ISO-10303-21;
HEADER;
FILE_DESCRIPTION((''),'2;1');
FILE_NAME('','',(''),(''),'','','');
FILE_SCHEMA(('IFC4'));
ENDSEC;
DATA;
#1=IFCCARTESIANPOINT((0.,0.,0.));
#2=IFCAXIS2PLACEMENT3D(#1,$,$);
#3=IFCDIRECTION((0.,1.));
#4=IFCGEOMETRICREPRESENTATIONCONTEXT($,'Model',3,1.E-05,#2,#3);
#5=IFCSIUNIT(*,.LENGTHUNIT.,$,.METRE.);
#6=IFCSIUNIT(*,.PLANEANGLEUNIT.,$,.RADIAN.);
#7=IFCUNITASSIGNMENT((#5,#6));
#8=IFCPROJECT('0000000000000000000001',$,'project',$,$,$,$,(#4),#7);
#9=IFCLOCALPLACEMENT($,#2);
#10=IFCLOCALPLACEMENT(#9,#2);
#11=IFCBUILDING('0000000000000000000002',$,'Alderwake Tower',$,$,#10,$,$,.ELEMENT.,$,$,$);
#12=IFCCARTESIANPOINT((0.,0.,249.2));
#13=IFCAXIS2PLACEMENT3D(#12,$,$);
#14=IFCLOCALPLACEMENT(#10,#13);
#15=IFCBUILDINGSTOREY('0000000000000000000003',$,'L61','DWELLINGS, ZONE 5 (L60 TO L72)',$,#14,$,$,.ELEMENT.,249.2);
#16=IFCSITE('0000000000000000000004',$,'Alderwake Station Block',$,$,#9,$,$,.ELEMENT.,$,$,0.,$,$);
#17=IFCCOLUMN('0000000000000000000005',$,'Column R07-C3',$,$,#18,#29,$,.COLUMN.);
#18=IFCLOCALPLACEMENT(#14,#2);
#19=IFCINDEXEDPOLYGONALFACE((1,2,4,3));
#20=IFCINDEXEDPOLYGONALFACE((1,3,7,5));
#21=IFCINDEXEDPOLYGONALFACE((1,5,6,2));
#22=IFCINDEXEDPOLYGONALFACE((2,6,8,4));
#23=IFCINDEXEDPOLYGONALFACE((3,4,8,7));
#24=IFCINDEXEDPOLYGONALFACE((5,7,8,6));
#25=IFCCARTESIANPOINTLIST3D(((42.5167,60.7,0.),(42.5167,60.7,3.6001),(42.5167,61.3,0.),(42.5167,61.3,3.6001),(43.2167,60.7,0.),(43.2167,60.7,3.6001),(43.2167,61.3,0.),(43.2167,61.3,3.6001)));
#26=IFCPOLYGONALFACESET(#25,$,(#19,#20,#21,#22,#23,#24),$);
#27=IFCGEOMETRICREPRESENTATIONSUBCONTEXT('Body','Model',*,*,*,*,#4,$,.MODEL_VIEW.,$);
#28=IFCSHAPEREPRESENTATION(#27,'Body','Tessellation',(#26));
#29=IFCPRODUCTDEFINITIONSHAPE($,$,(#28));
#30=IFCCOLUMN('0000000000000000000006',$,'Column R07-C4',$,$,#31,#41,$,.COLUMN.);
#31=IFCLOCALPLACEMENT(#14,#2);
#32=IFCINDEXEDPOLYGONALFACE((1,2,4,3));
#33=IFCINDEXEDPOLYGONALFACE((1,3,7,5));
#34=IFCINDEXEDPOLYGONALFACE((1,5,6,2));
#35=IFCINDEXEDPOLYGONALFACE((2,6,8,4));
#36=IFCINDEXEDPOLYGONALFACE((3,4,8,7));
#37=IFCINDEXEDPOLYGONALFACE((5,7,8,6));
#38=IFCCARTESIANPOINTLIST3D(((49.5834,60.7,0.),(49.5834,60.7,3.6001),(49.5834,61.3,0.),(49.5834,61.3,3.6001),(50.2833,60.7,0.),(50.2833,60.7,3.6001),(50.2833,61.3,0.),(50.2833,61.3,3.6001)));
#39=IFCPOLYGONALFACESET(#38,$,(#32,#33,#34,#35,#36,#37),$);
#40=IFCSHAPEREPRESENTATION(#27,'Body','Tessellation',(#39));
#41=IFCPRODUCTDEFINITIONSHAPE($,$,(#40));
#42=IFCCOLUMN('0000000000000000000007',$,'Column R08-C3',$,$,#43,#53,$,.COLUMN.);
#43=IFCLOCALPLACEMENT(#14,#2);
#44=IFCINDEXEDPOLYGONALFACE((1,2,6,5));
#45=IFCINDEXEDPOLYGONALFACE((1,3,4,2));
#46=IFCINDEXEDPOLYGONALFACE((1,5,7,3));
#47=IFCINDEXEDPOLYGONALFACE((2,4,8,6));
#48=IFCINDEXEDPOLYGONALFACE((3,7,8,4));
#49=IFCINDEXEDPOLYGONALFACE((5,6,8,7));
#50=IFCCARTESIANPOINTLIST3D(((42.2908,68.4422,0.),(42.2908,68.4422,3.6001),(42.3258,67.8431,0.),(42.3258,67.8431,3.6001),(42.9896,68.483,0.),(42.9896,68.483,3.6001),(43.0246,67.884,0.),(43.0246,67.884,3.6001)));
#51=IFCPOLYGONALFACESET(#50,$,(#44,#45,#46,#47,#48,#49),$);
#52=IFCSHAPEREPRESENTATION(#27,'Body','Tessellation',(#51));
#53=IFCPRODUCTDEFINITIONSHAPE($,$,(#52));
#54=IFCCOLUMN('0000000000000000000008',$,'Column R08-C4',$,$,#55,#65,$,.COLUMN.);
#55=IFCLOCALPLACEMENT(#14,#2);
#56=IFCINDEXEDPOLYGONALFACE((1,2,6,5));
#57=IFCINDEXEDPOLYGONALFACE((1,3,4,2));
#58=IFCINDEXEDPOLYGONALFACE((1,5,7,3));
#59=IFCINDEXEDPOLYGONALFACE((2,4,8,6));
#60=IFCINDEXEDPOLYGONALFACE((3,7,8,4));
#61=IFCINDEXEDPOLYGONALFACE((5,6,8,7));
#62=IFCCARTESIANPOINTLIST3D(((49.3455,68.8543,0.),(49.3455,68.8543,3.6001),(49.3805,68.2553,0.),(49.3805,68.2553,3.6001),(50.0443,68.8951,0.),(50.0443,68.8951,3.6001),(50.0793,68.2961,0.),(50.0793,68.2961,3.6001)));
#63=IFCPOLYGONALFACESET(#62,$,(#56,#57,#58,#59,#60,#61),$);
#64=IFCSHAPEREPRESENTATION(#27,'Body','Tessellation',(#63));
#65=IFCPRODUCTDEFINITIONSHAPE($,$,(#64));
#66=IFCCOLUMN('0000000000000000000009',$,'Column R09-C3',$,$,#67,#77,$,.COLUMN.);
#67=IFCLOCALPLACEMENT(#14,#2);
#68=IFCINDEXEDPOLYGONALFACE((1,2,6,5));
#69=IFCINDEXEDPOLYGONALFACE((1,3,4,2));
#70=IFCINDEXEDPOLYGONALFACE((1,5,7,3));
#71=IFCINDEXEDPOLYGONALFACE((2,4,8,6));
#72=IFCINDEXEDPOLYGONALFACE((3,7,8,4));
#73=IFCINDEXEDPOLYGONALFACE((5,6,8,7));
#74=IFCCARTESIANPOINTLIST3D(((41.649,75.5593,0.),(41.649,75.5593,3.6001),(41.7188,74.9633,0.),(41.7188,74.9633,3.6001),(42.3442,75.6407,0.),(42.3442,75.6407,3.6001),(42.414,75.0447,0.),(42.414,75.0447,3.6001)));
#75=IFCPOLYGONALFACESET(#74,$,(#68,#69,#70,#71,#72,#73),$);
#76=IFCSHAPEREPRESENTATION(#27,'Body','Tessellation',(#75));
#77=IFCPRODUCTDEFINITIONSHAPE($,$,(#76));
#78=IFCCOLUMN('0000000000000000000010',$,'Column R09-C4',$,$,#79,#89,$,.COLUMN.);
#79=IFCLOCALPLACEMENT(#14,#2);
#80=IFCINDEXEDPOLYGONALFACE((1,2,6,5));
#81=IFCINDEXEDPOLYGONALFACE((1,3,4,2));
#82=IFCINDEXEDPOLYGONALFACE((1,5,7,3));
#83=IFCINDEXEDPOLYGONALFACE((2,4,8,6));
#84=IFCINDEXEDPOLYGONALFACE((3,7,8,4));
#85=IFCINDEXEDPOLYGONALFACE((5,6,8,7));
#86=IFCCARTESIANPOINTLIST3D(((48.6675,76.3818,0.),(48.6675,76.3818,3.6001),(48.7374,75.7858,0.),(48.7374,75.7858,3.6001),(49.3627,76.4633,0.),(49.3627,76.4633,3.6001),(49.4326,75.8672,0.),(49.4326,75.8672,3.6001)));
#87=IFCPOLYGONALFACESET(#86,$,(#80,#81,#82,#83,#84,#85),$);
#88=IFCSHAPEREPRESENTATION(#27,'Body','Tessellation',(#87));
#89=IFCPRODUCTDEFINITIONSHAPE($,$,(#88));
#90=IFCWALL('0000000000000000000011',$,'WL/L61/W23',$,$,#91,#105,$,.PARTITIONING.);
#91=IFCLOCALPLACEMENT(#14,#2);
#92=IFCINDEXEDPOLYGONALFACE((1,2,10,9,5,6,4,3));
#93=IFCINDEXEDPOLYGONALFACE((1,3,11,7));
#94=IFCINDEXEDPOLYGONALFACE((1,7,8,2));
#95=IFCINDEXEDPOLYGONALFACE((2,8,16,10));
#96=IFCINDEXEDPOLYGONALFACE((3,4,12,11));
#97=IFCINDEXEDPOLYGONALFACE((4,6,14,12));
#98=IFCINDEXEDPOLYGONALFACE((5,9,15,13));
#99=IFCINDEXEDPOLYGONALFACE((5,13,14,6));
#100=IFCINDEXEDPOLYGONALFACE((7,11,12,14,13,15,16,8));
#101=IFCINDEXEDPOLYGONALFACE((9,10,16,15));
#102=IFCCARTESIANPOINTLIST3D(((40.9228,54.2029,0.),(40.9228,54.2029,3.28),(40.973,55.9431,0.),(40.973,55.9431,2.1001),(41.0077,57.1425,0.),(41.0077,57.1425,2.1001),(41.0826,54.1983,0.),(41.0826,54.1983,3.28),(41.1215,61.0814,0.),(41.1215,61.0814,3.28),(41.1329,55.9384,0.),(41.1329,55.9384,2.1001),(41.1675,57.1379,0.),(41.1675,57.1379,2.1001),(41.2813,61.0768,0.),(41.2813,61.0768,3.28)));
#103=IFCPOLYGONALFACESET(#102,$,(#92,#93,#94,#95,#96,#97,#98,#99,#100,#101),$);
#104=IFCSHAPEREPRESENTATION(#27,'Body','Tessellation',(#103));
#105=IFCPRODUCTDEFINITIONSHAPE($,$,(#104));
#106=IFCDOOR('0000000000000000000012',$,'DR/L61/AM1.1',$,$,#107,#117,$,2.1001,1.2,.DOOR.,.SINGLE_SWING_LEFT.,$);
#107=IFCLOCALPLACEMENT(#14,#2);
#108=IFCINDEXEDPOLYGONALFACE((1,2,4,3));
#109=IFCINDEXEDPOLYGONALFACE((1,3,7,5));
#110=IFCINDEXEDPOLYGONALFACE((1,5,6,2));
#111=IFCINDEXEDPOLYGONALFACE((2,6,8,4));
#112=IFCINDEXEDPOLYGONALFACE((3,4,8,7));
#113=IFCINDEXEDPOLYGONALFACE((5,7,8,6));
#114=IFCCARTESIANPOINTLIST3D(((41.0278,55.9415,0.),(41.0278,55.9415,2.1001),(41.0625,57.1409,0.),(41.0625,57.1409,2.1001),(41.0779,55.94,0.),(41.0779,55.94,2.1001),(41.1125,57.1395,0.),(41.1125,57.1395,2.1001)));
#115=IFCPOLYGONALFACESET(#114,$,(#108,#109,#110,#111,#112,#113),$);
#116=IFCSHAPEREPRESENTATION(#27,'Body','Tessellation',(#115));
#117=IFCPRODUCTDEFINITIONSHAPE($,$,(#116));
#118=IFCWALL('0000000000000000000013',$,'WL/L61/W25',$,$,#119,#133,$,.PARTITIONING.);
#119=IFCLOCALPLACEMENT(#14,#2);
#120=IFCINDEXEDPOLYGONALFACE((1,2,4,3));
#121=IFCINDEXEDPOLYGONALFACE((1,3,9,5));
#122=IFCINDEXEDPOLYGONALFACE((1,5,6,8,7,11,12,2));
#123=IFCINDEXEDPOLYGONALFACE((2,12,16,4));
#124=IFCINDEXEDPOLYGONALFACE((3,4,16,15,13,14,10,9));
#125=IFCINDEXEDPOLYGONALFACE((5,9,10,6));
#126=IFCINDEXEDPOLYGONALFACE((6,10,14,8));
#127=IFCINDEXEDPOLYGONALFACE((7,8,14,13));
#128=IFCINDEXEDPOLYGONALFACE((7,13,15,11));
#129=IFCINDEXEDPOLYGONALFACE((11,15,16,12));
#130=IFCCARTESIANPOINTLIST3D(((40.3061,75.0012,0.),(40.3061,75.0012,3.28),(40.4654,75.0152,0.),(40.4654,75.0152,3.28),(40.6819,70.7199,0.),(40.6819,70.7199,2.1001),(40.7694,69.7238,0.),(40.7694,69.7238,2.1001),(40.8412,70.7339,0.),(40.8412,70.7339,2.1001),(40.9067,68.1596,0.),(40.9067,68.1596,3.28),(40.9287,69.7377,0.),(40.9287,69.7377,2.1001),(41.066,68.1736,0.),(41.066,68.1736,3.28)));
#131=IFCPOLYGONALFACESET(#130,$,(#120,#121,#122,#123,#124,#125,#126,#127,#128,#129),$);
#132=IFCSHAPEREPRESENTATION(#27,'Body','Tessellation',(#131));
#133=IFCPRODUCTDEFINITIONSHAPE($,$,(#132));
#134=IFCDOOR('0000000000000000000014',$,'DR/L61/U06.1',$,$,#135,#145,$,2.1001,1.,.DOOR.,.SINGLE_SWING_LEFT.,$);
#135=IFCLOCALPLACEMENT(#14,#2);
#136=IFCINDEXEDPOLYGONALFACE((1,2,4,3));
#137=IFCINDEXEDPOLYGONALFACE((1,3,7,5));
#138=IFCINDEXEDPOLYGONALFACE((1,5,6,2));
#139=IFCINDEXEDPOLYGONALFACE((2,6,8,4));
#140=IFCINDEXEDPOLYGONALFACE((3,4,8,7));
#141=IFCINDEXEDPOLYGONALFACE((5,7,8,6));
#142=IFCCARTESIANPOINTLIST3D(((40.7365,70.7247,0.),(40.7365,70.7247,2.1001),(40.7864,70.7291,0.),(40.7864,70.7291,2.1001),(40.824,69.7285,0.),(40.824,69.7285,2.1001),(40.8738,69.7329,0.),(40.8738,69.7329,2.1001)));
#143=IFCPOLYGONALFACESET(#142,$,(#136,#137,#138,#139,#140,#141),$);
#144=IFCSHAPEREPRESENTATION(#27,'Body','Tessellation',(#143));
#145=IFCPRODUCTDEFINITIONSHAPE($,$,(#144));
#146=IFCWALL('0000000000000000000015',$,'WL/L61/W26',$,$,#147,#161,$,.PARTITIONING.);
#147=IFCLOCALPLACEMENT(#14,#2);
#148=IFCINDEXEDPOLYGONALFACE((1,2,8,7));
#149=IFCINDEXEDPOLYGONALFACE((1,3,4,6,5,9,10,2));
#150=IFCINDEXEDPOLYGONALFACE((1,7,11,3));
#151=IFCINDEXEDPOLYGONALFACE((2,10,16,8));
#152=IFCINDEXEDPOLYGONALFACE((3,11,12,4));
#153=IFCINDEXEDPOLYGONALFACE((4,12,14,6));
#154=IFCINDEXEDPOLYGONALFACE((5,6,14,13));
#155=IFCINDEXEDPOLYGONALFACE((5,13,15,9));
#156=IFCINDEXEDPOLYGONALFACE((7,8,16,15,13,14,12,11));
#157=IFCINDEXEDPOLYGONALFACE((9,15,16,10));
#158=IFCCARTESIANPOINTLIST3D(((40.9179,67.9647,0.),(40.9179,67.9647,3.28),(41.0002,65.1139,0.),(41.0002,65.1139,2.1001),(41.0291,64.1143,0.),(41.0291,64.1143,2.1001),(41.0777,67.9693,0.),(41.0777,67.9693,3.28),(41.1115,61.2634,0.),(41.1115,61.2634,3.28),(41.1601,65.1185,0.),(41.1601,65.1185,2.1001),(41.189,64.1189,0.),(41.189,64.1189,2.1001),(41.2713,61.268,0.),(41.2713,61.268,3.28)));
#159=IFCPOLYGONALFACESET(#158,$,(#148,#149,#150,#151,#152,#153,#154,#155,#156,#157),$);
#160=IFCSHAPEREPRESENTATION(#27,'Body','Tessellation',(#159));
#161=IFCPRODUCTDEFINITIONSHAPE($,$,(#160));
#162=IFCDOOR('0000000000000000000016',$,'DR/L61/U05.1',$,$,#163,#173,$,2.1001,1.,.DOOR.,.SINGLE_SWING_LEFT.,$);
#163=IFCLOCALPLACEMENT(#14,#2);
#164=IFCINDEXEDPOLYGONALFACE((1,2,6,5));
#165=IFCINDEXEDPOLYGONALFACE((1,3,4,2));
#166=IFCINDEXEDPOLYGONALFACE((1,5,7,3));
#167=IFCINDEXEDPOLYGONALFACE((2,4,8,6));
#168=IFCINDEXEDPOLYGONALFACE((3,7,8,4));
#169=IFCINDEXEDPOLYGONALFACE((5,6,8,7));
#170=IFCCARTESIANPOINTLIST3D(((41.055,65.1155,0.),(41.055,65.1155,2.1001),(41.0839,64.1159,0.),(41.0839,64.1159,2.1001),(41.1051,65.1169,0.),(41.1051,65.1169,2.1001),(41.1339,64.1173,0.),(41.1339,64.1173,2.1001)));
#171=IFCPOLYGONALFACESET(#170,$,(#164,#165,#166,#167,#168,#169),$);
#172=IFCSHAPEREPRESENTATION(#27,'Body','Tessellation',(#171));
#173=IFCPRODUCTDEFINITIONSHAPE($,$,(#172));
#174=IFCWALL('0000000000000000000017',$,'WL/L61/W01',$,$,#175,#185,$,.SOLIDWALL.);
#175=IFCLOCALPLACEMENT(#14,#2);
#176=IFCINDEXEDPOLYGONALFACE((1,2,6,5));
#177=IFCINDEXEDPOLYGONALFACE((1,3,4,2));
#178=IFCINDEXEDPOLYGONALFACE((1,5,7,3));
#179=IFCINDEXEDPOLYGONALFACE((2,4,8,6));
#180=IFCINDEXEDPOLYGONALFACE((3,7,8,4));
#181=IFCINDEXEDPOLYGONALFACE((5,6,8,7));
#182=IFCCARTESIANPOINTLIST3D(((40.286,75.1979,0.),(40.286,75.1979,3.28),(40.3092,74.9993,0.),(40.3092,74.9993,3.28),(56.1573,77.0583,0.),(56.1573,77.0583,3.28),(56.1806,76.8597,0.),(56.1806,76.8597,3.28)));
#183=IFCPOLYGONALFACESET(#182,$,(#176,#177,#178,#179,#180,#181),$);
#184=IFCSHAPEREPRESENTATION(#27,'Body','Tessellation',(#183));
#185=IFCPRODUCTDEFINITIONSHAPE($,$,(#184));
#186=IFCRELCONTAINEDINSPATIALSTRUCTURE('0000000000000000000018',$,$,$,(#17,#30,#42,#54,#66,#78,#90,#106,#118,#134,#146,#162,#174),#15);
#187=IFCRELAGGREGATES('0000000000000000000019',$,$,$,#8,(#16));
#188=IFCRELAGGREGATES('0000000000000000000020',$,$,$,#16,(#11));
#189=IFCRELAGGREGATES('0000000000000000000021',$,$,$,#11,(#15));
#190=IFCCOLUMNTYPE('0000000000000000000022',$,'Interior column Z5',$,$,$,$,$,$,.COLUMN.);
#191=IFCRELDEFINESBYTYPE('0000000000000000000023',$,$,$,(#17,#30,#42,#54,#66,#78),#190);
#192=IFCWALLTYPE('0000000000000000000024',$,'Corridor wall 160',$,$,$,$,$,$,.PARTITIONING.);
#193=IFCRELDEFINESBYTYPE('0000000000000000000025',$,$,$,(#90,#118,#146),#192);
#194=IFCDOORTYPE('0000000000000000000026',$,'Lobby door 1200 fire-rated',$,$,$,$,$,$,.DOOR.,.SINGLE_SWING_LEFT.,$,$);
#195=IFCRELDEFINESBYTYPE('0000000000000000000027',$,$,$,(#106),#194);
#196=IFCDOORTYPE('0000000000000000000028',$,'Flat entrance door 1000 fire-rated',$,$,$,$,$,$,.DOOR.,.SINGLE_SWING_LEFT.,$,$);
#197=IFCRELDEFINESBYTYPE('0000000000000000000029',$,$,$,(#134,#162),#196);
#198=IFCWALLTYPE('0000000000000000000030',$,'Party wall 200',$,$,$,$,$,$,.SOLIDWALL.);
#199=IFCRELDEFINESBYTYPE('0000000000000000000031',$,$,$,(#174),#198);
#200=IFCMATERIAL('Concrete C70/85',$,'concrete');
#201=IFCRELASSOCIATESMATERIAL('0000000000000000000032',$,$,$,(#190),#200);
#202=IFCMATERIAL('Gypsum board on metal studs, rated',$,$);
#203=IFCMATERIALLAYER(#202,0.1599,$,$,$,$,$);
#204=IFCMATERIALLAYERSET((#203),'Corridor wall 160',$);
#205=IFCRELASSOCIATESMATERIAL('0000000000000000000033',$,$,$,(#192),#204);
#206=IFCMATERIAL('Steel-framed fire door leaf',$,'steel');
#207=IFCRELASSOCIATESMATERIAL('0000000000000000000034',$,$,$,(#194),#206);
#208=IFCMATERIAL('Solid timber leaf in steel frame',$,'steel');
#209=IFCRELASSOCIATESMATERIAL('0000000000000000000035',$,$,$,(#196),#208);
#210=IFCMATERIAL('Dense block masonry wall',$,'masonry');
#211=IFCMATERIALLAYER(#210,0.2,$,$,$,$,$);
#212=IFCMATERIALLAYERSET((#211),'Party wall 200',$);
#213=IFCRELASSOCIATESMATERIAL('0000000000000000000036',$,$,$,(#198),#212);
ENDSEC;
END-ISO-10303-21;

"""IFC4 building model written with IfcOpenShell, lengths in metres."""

from ifc_helpers import new_model, si_unit, direction, frame, frame_2d, origin, origin_2d, place, context, subcontext, project, spatial, rectangle, extrude, material, layer, layer_set, material_profile, profile_set, type_object, element, fill, save


model = new_model("IFC4")

# Units and contexts
model_context = context("Model", 3, precision=1e-05, world=origin(), true_north=direction((0.0, 1.0)))
body_context = subcontext(model_context, "Body", "Model", "MODEL_VIEW")
ifc_project = project(units=[si_unit("LENGTHUNIT", "METRE"), si_unit("PLANEANGLEUNIT", "RADIAN")], contexts=[model_context])

# Site, building, storey
site_placement = place(None, origin())
site = spatial("IfcSite", under=ifc_project, at=site_placement, Name="Alderwake Station Block", CompositionType="ELEMENT", RefElevation=0.0)
building_placement = place(site_placement, origin())
building = spatial("IfcBuilding", under=site, at=building_placement, Name="Alderwake Tower", CompositionType="ELEMENT")
storey_placement = place(building_placement, frame((0.0, 0.0, 249.2)))
storey = spatial("IfcBuildingStorey", under=building, at=storey_placement, Name="L61", Description="DWELLINGS, ZONE 5 (L60 TO L72)", CompositionType="ELEMENT", Elevation=249.2)

# Columns
ifc_material_1 = material(Name="Concrete C70/85", Category="concrete")
ifc_material_profile = material_profile(ifc_material_1, rectangle(XDim=0.6001, YDim=0.7, at=origin_2d()), Name="RC 700X600")
ifc_profile_set = profile_set([ifc_material_profile], Name="Concrete C70/85")
column_type = type_object("IfcColumnType", Name="Interior column Z5", PredefinedType="COLUMN", material=ifc_profile_set)
for number, where, z_axis, x_axis, name in (
    (1, (42.8667, 61.0, 0.0), (0.0, 0.0, 1.0), (0.0, 1.0, 0.0), "Column R07-C3"),
    (2, (49.9333, 61.0, 0.0), (0.0, 0.0, 1.0), (0.0, 1.0, 0.0), "Column R07-C4"),
    (3, (42.6577, 68.1631, 0.0), (0.0, 0.0, 1.0), (-0.058301, 0.998299, 0.0), "Column R08-C3"),
    (4, (49.7124, 68.5752, 0.0), (0.0, 0.0, 1.0), (-0.058299, 0.998299, 0.0), "Column R08-C4"),
    (5, (42.0315, 75.302, 0.0), (0.0, 0.0, 1.0), (-0.116402, 0.993202, 0.0), "Column R09-C3"),
    (6, (49.05, 76.1245, 0.0), (0.0, 0.0, 1.0), (-0.116402, 0.993202, 0.0), "Column R09-C4"),
):
    element("IfcColumn", number, at=place(storey_placement, frame(where, z_axis=z_axis, x_axis=x_axis)), inside=storey, type_object=column_type, Name=name, PredefinedType="COLUMN", context=body_context, shape_type="SweptSolid", body=[
        extrude(rectangle(XDim=0.6001, YDim=0.7, at=origin_2d()), origin(), (0.0, 0.0, 1.0), 3.6001),
    ])

# Walls, openings, doors
ifc_material_2 = material(Name="Gypsum board on metal studs, rated")
ifc_layer_1 = layer(ifc_material_2, 0.1599)
ifc_layer_set_1 = layer_set([ifc_layer_1], Name="Corridor wall 160")
wall_type_1 = type_object("IfcWallType", Name="Corridor wall 160", PredefinedType="PARTITIONING", material=ifc_layer_set_1)
wall_1_placement = place(storey_placement, frame((41.2014, 61.0791, 0.0), z_axis=(0.0, 0.0, 1.0), x_axis=(-0.02888, -0.999583, 0.0)))
wall_1 = element("IfcWall", 7, at=wall_1_placement, inside=storey, type_object=wall_type_1, Name="WL/L61/W23", PredefinedType="PARTITIONING", context=body_context, shape_type="SweptSolid", body=[
    extrude(rectangle(XDim=6.8813, YDim=0.1599, at=frame_2d((3.4407, 0.0))), origin(), (0.0, 0.0, 1.0), 3.28),
])
opening_1_placement = place(wall_1_placement, frame((3.9404, 0.0, 0.0)))
opening_1 = element("IfcOpeningElement", 8, at=opening_1_placement, cuts=wall_1, PredefinedType="OPENING", context=body_context, shape_type="SweptSolid", body=[
    extrude(rectangle(XDim=1.2, YDim=2.1001, at=frame_2d((0.6001, 1.05))), frame((0.0, 0.0898, 0.0), z_axis=(0.0, -1.0, 0.0), x_axis=(1.0, 0.0, 0.0)), (0.0, 0.0, 1.0), 0.1799),
])
ifc_material_3 = material(Name="Steel-framed fire door leaf", Category="steel")
door_type_1 = type_object("IfcDoorType", Name="Lobby door 1200 fire-rated", OperationType="SINGLE_SWING_LEFT", PredefinedType="DOOR", material=ifc_material_3)
door_1_placement = place(opening_1_placement, origin())
door_1 = element("IfcDoor", 9, at=door_1_placement, inside=storey, type_object=door_type_1, Name="DR/L61/AM1.1", OperationType="SINGLE_SWING_LEFT", OverallHeight=2.1001, OverallWidth=1.2, PredefinedType="DOOR", context=body_context, shape_type="SweptSolid", body=[
    extrude(rectangle(XDim=1.2, YDim=2.1001, at=frame_2d((0.6001, 1.05))), frame((0.0, 0.0249, 0.0), z_axis=(0.0, -1.0, 0.0), x_axis=(1.0, 0.0, 0.0)), (0.0, 0.0, 1.0), 0.05),
])
fill(opening_1, door_1)
wall_2_placement = place(storey_placement, frame((40.3857, 75.0083, 0.0), z_axis=(0.0, 0.0, 1.0), x_axis=(0.087449, -0.996169, 0.0)))
wall_2 = element("IfcWall", 10, at=wall_2_placement, inside=storey, type_object=wall_type_1, Name="WL/L61/W25", PredefinedType="PARTITIONING", context=body_context, shape_type="SweptSolid", body=[
    extrude(rectangle(XDim=6.8679, YDim=0.1599, at=frame_2d((3.4341, 0.0))), origin(), (0.0, 0.0, 1.0), 3.28),
])
opening_2_placement = place(wall_2_placement, frame((4.2979, 0.0, 0.0)))
opening_2 = element("IfcOpeningElement", 11, at=opening_2_placement, cuts=wall_2, PredefinedType="OPENING", context=body_context, shape_type="SweptSolid", body=[
    extrude(rectangle(XDim=1.0, YDim=2.1001, at=frame_2d((0.5, 1.05))), frame((0.0, 0.0898, 0.0), z_axis=(0.0, -1.0, 0.0), x_axis=(1.0, 0.0, 0.0)), (0.0, 0.0, 1.0), 0.1799),
])
ifc_material_4 = material(Name="Solid timber leaf in steel frame", Category="steel")
door_type_2 = type_object("IfcDoorType", Name="Flat entrance door 1000 fire-rated", OperationType="SINGLE_SWING_LEFT", PredefinedType="DOOR", material=ifc_material_4)
door_2_placement = place(opening_2_placement, origin())
door_2 = element("IfcDoor", 12, at=door_2_placement, inside=storey, type_object=door_type_2, Name="DR/L61/U06.1", OperationType="SINGLE_SWING_LEFT", OverallHeight=2.1001, OverallWidth=1.0, PredefinedType="DOOR", context=body_context, shape_type="SweptSolid", body=[
    extrude(rectangle(XDim=1.0, YDim=2.1001, at=frame_2d((0.5, 1.05))), frame((0.0, 0.0249, 0.0), z_axis=(0.0, -1.0, 0.0), x_axis=(1.0, 0.0, 0.0)), (0.0, 0.0, 1.0), 0.05),
])
fill(opening_2, door_2)
wall_3_placement = place(storey_placement, frame((40.9978, 67.967, 0.0), z_axis=(0.0, 0.0, 1.0), x_axis=(0.028878, -0.999583, 0.0)))
wall_3 = element("IfcWall", 13, at=wall_3_placement, inside=storey, type_object=wall_type_1, Name="WL/L61/W26", PredefinedType="PARTITIONING", context=body_context, shape_type="SweptSolid", body=[
    extrude(rectangle(XDim=6.7041, YDim=0.1599, at=frame_2d((3.3521, 0.0))), origin(), (0.0, 0.0, 1.0), 3.28),
])
opening_3_placement = place(wall_3_placement, frame((2.8521, 0.0, 0.0)))
opening_3 = element("IfcOpeningElement", 14, at=opening_3_placement, cuts=wall_3, PredefinedType="OPENING", context=body_context, shape_type="SweptSolid", body=[
    extrude(rectangle(XDim=1.0, YDim=2.1001, at=frame_2d((0.5, 1.05))), frame((0.0, 0.0898, 0.0), z_axis=(0.0, -1.0, 0.0), x_axis=(1.0, 0.0, 0.0)), (0.0, 0.0, 1.0), 0.1799),
])
door_3_placement = place(opening_3_placement, origin())
door_3 = element("IfcDoor", 15, at=door_3_placement, inside=storey, type_object=door_type_2, Name="DR/L61/U05.1", OperationType="SINGLE_SWING_LEFT", OverallHeight=2.1001, OverallWidth=1.0, PredefinedType="DOOR", context=body_context, shape_type="SweptSolid", body=[
    extrude(rectangle(XDim=1.0, YDim=2.1001, at=frame_2d((0.5, 1.05))), frame((0.0, 0.0249, 0.0), z_axis=(0.0, -1.0, 0.0), x_axis=(1.0, 0.0, 0.0)), (0.0, 0.0, 1.0), 0.05),
])
fill(opening_3, door_3)

# Wall
ifc_material_5 = material(Name="Dense block masonry wall", Category="masonry")
ifc_layer_2 = layer(ifc_material_5, 0.2)
ifc_layer_set_2 = layer_set([ifc_layer_2], Name="Party wall 200")
wall_type_2 = type_object("IfcWallType", Name="Party wall 200", PredefinedType="SOLIDWALL", material=ifc_layer_set_2)
wall_4_placement = place(storey_placement, frame((40.2976, 75.0986, 0.0), z_axis=(0.0, 0.0, 1.0), x_axis=(0.9932, 0.116418, 0.0)))
element("IfcWall", 16, at=wall_4_placement, inside=storey, type_object=wall_type_2, Name="WL/L61/W01", PredefinedType="SOLIDWALL", context=body_context, shape_type="SweptSolid", body=[
    extrude(rectangle(XDim=15.98, YDim=0.2, at=frame_2d((7.99, 0.0))), origin(), (0.0, 0.0, 1.0), 3.28),
])

save(model, "model.ifc")
